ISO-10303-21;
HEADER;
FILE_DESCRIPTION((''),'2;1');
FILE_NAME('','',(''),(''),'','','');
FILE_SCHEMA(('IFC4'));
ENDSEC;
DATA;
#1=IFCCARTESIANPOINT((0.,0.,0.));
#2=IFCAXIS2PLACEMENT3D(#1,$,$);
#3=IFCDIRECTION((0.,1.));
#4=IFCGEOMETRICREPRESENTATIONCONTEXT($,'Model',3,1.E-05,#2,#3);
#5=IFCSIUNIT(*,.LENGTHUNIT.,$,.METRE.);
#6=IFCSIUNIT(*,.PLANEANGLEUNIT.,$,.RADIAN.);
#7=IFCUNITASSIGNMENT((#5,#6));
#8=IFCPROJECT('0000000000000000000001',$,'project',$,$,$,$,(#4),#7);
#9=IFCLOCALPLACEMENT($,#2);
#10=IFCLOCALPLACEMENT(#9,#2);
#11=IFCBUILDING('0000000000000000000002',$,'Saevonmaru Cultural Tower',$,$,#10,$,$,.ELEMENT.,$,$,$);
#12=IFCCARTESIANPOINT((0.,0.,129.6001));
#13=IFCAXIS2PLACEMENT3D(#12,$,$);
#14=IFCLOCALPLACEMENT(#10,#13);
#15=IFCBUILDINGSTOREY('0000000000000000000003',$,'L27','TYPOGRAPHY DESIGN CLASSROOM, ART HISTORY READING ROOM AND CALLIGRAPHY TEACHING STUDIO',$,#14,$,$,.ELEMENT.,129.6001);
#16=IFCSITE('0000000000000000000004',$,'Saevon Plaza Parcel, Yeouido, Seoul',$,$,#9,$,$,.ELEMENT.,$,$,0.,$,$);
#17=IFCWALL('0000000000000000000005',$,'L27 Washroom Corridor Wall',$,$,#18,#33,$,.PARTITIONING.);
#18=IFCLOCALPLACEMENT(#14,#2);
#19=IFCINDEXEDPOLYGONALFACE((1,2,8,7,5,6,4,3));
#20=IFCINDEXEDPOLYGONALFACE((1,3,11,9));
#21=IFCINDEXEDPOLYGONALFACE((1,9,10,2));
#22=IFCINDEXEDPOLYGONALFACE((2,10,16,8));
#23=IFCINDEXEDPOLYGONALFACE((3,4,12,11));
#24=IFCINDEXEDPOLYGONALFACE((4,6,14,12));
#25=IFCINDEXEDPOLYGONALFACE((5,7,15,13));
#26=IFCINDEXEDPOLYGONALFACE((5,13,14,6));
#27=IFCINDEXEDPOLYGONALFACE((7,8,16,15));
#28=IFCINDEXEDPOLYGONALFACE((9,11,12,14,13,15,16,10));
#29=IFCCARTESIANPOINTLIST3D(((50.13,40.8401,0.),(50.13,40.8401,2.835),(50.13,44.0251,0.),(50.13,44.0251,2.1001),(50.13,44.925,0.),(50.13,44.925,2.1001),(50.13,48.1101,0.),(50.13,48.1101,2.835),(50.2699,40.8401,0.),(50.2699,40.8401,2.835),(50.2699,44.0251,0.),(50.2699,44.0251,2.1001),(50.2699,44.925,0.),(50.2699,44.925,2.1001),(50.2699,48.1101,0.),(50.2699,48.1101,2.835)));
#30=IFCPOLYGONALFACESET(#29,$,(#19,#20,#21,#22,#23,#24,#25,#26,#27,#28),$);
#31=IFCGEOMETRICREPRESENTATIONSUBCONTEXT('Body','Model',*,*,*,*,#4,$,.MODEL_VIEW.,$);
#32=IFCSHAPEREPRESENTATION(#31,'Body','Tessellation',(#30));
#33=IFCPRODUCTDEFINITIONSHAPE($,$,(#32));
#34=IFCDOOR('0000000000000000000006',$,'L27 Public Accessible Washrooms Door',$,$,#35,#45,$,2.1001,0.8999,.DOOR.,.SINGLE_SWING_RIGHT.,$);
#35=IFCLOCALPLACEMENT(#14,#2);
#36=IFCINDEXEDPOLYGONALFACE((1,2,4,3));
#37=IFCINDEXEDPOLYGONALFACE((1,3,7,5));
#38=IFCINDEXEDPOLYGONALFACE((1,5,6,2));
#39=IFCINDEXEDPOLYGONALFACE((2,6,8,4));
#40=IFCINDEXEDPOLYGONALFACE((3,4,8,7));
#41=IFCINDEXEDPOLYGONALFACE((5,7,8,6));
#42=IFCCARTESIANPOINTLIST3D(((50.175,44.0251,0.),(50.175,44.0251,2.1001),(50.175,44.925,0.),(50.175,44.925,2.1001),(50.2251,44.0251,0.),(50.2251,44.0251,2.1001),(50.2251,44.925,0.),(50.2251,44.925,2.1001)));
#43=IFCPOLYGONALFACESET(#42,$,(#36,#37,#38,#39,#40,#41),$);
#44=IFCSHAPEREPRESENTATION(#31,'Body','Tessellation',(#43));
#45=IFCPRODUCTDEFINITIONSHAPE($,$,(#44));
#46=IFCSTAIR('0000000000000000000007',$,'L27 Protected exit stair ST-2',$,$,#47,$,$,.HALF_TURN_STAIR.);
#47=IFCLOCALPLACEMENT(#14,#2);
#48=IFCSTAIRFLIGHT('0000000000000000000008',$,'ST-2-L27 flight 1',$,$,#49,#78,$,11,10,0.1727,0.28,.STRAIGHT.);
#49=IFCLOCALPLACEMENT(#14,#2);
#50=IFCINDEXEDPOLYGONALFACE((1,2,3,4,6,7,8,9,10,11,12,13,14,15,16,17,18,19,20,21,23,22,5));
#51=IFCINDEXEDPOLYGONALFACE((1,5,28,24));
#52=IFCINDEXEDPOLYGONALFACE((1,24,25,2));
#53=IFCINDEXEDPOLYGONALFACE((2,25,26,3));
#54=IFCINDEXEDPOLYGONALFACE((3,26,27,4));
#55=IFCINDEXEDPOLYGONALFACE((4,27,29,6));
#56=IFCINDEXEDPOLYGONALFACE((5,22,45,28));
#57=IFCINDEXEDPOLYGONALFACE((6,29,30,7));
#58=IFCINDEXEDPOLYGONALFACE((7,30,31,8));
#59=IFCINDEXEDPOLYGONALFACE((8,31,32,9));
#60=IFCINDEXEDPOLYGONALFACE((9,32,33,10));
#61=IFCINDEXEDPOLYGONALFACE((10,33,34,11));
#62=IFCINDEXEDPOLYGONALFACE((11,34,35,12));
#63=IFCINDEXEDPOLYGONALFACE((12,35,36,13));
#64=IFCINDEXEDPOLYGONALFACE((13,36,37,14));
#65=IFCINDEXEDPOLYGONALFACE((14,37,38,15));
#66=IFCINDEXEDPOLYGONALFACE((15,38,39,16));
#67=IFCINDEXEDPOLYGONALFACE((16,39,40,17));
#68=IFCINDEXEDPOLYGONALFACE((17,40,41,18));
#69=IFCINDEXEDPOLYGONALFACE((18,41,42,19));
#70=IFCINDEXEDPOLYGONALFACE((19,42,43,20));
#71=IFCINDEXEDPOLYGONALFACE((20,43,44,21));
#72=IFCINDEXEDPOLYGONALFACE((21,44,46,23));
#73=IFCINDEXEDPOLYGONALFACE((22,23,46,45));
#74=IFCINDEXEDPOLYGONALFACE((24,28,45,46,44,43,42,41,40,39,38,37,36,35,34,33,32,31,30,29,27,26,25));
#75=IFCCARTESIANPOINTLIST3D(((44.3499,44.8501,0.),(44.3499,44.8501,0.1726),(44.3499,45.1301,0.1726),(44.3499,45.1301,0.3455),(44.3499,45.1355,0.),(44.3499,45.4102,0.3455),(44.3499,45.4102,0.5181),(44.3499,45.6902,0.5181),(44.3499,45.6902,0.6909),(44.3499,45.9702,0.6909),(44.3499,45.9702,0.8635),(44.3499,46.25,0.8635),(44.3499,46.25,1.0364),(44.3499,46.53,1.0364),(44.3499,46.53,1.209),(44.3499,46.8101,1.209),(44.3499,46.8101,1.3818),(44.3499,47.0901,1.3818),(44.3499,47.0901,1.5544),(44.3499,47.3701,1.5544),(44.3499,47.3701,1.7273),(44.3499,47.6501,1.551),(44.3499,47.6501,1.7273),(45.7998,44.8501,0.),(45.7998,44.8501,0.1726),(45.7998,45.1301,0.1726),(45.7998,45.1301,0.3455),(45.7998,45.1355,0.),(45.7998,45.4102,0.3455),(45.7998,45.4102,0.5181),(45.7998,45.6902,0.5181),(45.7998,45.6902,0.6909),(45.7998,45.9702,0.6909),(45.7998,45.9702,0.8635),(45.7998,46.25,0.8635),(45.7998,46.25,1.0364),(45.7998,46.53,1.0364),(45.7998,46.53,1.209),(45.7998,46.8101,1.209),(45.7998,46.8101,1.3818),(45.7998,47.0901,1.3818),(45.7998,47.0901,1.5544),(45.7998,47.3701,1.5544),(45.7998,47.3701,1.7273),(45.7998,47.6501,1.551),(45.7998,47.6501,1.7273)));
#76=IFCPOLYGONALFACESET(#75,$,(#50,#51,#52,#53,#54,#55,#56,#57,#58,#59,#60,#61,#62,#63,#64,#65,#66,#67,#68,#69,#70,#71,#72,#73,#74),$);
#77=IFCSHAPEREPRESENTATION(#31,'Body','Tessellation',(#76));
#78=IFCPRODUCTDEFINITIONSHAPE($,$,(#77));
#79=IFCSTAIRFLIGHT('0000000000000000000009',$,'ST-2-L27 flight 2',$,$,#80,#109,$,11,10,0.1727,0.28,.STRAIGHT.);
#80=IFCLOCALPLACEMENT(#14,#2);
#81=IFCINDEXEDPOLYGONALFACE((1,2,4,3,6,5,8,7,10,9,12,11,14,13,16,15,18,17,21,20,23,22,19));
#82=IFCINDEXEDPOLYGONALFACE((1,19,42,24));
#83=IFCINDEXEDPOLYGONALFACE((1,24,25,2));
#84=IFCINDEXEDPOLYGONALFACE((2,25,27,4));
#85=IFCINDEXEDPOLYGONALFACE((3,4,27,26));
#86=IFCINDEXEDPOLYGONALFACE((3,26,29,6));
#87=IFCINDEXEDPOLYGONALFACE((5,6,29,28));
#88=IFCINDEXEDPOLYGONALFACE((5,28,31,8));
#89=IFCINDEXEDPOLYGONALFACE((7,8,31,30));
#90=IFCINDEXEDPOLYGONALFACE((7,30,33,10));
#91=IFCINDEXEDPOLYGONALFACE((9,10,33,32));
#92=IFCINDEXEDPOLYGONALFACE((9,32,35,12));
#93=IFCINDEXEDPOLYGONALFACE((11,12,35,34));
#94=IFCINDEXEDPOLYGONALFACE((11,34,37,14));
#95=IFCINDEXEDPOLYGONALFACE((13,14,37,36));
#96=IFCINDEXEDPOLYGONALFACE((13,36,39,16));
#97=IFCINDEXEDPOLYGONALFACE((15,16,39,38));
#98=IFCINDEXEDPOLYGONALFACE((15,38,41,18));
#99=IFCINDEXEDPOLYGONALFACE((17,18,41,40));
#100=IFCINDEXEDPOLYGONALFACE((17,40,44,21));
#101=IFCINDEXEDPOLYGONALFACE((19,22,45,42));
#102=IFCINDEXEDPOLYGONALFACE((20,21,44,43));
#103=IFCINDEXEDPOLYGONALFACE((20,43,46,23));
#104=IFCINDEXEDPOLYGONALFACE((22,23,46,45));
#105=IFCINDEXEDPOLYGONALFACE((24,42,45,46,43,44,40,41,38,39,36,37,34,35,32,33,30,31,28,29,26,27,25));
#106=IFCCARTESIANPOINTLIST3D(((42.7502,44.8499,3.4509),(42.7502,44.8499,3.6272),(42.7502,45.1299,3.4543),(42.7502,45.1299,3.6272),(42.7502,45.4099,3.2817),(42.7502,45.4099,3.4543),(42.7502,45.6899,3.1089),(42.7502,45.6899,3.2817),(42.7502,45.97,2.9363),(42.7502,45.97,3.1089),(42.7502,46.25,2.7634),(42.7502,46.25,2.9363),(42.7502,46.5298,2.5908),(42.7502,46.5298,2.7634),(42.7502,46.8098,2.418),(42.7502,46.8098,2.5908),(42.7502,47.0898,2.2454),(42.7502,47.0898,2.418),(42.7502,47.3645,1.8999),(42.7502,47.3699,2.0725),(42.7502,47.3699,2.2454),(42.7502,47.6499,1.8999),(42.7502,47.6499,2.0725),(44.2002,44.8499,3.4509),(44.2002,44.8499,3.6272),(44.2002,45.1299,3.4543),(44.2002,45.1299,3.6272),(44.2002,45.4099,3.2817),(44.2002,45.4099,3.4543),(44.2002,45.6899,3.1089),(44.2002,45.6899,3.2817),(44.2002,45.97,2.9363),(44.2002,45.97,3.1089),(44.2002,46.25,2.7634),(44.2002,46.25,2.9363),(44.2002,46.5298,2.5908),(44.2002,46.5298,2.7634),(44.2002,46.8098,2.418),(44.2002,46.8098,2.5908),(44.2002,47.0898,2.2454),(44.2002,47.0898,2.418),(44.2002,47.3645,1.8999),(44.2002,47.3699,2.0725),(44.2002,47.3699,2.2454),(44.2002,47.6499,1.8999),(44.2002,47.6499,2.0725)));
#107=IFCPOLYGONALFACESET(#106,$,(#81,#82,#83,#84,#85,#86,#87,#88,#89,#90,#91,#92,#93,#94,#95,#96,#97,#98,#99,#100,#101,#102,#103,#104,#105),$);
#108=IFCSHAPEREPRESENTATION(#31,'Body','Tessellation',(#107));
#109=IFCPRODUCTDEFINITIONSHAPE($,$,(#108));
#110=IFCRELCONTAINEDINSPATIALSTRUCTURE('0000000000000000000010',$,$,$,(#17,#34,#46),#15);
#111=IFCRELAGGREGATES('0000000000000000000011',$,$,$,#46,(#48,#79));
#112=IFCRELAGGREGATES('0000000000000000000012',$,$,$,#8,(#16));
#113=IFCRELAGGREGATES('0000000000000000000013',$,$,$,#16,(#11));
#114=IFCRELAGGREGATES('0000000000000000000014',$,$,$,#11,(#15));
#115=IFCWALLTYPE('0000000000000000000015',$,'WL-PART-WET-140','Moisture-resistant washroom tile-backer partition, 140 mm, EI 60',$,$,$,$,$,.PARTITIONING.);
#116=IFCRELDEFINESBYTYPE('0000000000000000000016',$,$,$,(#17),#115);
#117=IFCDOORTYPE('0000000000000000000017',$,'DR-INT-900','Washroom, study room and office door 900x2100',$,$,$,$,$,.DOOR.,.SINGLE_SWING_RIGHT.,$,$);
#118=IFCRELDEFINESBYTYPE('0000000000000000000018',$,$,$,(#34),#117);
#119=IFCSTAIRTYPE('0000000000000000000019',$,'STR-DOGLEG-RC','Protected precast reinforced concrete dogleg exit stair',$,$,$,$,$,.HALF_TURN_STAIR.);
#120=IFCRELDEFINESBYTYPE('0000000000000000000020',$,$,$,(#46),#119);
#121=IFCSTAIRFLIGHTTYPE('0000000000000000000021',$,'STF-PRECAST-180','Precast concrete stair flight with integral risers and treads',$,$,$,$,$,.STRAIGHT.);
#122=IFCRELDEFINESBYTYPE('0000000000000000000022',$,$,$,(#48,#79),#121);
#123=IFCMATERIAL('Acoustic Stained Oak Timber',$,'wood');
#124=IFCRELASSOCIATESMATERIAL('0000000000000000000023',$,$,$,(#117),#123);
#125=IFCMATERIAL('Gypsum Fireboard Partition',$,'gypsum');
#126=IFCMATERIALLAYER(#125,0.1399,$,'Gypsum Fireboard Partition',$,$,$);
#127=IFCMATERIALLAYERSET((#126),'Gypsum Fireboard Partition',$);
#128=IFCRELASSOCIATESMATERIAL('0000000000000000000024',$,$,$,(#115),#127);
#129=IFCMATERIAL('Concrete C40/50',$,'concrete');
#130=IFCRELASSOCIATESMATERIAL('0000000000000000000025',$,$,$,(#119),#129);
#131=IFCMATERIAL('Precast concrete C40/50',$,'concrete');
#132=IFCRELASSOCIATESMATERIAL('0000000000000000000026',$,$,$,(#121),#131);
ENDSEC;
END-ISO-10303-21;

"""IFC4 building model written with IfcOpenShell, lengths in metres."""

from ifc_helpers import new_model, si_unit, direction, frame, frame_2d, origin, place, context, subcontext, project, spatial, polyline, rectangle, outline, extrude, material, layer, layer_set, type_object, element, fill, aggregate, save


model = new_model("IFC4")

# Units and contexts
model_context = context("Model", 3, precision=1e-05, world=origin(), true_north=direction((0.0, 1.0)))
body_context = subcontext(model_context, "Body", "Model", "MODEL_VIEW")
ifc_project = project(units=[si_unit("LENGTHUNIT", "METRE"), si_unit("PLANEANGLEUNIT", "RADIAN")], contexts=[model_context])

# Site, building, storey
site_placement = place(None, origin())
site = spatial("IfcSite", under=ifc_project, at=site_placement, Name="Saevon Plaza Parcel, Yeouido, Seoul", CompositionType="ELEMENT", RefElevation=0.0)
building_placement = place(site_placement, origin())
building = spatial("IfcBuilding", under=site, at=building_placement, Name="Saevonmaru Cultural Tower", CompositionType="ELEMENT")
storey_placement = place(building_placement, frame((0.0, 0.0, 129.6001)))
storey = spatial("IfcBuildingStorey", under=building, at=storey_placement, Name="L27", Description="TYPOGRAPHY DESIGN CLASSROOM, ART HISTORY READING ROOM AND CALLIGRAPHY TEACHING STUDIO", CompositionType="ELEMENT", Elevation=129.6001)

# Shared definitions
ifc_material_1 = material(Name="Gypsum Fireboard Partition", Category="gypsum")
ifc_material_2 = material(Name="Acoustic Stained Oak Timber", Category="wood")
door_type_1 = type_object("IfcDoorType", Name="DR-INT-900", Description="Washroom, study room and office door 900x2100", OperationType="SINGLE_SWING_RIGHT", PredefinedType="DOOR", material=ifc_material_2)

# Shared definitions
ifc_layer_1 = layer(ifc_material_1, 0.1399, Name="Gypsum Fireboard Partition")
ifc_layer_set_1 = layer_set([ifc_layer_1], Name="Gypsum Fireboard Partition")
wall_type_1 = type_object("IfcWallType", Name="WL-PART-WET-140", Description="Moisture-resistant washroom tile-backer partition, 140 mm, EI 60", PredefinedType="PARTITIONING", material=ifc_layer_set_1)

# Wall, opening, door
wall_1_placement = place(storey_placement, frame((50.2, 40.8401, 0.0), z_axis=(0.0, 0.0, 1.0), x_axis=(0.0, 1.0, 0.0)))
wall_1 = element("IfcWall", 1, at=wall_1_placement, inside=storey, type_object=wall_type_1, Name="L27 Washroom Corridor Wall", PredefinedType="PARTITIONING", context=body_context, shape_type="SweptSolid", body=[
    extrude(rectangle(XDim=7.27, YDim=0.1399, at=frame_2d((3.635, 0.0))), origin(), (0.0, 0.0, 1.0), 2.835),
])
opening_1_placement = place(wall_1_placement, frame((3.1851, 0.0, 0.0)))
opening_1 = element("IfcOpeningElement", 2, at=opening_1_placement, cuts=wall_1, PredefinedType="OPENING", context=body_context, shape_type="SweptSolid", body=[
    extrude(rectangle(XDim=0.8999, YDim=2.1001, at=frame_2d((0.45, 1.05))), frame((0.0, 0.0801, 0.0), z_axis=(0.0, -1.0, 0.0), x_axis=(1.0, 0.0, 0.0)), (0.0, 0.0, 1.0), 0.1599),
])
door_1_placement = place(opening_1_placement, origin())
door_1 = element("IfcDoor", 3, at=door_1_placement, inside=storey, type_object=door_type_1, Name="L27 Public Accessible Washrooms Door", OperationType="SINGLE_SWING_RIGHT", OverallHeight=2.1001, OverallWidth=0.8999, PredefinedType="DOOR", context=body_context, shape_type="SweptSolid", body=[
    extrude(rectangle(XDim=0.8999, YDim=2.1001, at=frame_2d((0.45, 1.05))), frame((0.0, 0.0249, 0.0), z_axis=(0.0, -1.0, 0.0), x_axis=(1.0, 0.0, 0.0)), (0.0, 0.0, 1.0), 0.05),
])
fill(opening_1, door_1)

# Stair, stair flights
ifc_material_3 = material(Name="Concrete C40/50", Category="concrete")
stair_type = type_object("IfcStairType", Name="STR-DOGLEG-RC", Description="Protected precast reinforced concrete dogleg exit stair", PredefinedType="HALF_TURN_STAIR", material=ifc_material_3)
stair_placement = place(storey_placement, origin())
stair = element("IfcStair", 4, at=stair_placement, inside=storey, type_object=stair_type, Name="L27 Protected exit stair ST-2", PredefinedType="HALF_TURN_STAIR")
ifc_material_4 = material(Name="Precast concrete C40/50", Category="concrete")
stair_flight_type = type_object("IfcStairFlightType", Name="STF-PRECAST-180", Description="Precast concrete stair flight with integral risers and treads", PredefinedType="STRAIGHT", material=ifc_material_4)
stair_flight_1_placement = place(storey_placement, frame((45.075, 44.8501, 0.0), z_axis=(0.0, 0.0, 1.0), x_axis=(0.0, 1.0, 0.0)))
stair_flight_1 = element("IfcStairFlight", 5, at=stair_flight_1_placement, type_object=stair_flight_type, Name="ST-2-L27 flight 1", NumberOfRisers=11, NumberOfTreads=10, PredefinedType="STRAIGHT", RiserHeight=0.1727, TreadLength=0.28, context=body_context, shape_type="SweptSolid", body=[
    extrude(outline(polyline([(0.0, 0.0), (0.0, 0.1726), (0.28, 0.1726), (0.28, 0.3455), (0.5601, 0.3455), (0.5601, 0.5181), (0.8401, 0.5181), (0.8401, 0.6909), (1.1201, 0.6909), (1.1201, 0.8635), (1.3999, 0.8635), (1.3999, 1.0364), (1.6799, 1.0364), (1.6799, 1.209), (1.96, 1.209), (1.96, 1.3818), (2.24, 1.3818), (2.24, 1.5544), (2.52, 1.5544), (2.52, 1.7273), (2.8, 1.7273), (2.8, 1.8999), (2.8, 1.551), (0.2854, 0.0), (0.0, 0.0)])), frame((0.0, 0.7251, 0.0), z_axis=(0.0, -1.0, 0.0), x_axis=(1.0, 0.0, 0.0)), (0.0, 0.0, 1.0), 1.45),
])
stair_flight_2_placement = place(storey_placement, frame((43.4751, 47.6499, 1.8999), z_axis=(0.0, 0.0, 1.0), x_axis=(0.0, -1.0, 0.0)))
stair_flight_2 = element("IfcStairFlight", 6, at=stair_flight_2_placement, type_object=stair_flight_type, Name="ST-2-L27 flight 2", NumberOfRisers=11, NumberOfTreads=10, PredefinedType="STRAIGHT", RiserHeight=0.1727, TreadLength=0.28, context=body_context, shape_type="SweptSolid", body=[
    extrude(outline(polyline([(0.0, 0.0), (0.0, 0.1726), (0.28, 0.1726), (0.28, 0.3455), (0.5601, 0.3455), (0.5601, 0.5181), (0.8401, 0.5181), (0.8401, 0.6909), (1.1201, 0.6909), (1.1201, 0.8635), (1.3999, 0.8635), (1.3999, 1.0364), (1.6799, 1.0364), (1.6799, 1.209), (1.96, 1.209), (1.96, 1.3818), (2.24, 1.3818), (2.24, 1.5544), (2.52, 1.5544), (2.52, 1.7273), (2.8, 1.7273), (2.8, 1.8999), (2.8, 1.551), (0.2854, 0.0), (0.0, 0.0)])), frame((0.0, 0.7251, 0.0), z_axis=(0.0, -1.0, 0.0), x_axis=(1.0, 0.0, 0.0)), (0.0, 0.0, 1.0), 1.45),
])
aggregate(stair, [stair_flight_1, stair_flight_2])

save(model, "model.ifc")
